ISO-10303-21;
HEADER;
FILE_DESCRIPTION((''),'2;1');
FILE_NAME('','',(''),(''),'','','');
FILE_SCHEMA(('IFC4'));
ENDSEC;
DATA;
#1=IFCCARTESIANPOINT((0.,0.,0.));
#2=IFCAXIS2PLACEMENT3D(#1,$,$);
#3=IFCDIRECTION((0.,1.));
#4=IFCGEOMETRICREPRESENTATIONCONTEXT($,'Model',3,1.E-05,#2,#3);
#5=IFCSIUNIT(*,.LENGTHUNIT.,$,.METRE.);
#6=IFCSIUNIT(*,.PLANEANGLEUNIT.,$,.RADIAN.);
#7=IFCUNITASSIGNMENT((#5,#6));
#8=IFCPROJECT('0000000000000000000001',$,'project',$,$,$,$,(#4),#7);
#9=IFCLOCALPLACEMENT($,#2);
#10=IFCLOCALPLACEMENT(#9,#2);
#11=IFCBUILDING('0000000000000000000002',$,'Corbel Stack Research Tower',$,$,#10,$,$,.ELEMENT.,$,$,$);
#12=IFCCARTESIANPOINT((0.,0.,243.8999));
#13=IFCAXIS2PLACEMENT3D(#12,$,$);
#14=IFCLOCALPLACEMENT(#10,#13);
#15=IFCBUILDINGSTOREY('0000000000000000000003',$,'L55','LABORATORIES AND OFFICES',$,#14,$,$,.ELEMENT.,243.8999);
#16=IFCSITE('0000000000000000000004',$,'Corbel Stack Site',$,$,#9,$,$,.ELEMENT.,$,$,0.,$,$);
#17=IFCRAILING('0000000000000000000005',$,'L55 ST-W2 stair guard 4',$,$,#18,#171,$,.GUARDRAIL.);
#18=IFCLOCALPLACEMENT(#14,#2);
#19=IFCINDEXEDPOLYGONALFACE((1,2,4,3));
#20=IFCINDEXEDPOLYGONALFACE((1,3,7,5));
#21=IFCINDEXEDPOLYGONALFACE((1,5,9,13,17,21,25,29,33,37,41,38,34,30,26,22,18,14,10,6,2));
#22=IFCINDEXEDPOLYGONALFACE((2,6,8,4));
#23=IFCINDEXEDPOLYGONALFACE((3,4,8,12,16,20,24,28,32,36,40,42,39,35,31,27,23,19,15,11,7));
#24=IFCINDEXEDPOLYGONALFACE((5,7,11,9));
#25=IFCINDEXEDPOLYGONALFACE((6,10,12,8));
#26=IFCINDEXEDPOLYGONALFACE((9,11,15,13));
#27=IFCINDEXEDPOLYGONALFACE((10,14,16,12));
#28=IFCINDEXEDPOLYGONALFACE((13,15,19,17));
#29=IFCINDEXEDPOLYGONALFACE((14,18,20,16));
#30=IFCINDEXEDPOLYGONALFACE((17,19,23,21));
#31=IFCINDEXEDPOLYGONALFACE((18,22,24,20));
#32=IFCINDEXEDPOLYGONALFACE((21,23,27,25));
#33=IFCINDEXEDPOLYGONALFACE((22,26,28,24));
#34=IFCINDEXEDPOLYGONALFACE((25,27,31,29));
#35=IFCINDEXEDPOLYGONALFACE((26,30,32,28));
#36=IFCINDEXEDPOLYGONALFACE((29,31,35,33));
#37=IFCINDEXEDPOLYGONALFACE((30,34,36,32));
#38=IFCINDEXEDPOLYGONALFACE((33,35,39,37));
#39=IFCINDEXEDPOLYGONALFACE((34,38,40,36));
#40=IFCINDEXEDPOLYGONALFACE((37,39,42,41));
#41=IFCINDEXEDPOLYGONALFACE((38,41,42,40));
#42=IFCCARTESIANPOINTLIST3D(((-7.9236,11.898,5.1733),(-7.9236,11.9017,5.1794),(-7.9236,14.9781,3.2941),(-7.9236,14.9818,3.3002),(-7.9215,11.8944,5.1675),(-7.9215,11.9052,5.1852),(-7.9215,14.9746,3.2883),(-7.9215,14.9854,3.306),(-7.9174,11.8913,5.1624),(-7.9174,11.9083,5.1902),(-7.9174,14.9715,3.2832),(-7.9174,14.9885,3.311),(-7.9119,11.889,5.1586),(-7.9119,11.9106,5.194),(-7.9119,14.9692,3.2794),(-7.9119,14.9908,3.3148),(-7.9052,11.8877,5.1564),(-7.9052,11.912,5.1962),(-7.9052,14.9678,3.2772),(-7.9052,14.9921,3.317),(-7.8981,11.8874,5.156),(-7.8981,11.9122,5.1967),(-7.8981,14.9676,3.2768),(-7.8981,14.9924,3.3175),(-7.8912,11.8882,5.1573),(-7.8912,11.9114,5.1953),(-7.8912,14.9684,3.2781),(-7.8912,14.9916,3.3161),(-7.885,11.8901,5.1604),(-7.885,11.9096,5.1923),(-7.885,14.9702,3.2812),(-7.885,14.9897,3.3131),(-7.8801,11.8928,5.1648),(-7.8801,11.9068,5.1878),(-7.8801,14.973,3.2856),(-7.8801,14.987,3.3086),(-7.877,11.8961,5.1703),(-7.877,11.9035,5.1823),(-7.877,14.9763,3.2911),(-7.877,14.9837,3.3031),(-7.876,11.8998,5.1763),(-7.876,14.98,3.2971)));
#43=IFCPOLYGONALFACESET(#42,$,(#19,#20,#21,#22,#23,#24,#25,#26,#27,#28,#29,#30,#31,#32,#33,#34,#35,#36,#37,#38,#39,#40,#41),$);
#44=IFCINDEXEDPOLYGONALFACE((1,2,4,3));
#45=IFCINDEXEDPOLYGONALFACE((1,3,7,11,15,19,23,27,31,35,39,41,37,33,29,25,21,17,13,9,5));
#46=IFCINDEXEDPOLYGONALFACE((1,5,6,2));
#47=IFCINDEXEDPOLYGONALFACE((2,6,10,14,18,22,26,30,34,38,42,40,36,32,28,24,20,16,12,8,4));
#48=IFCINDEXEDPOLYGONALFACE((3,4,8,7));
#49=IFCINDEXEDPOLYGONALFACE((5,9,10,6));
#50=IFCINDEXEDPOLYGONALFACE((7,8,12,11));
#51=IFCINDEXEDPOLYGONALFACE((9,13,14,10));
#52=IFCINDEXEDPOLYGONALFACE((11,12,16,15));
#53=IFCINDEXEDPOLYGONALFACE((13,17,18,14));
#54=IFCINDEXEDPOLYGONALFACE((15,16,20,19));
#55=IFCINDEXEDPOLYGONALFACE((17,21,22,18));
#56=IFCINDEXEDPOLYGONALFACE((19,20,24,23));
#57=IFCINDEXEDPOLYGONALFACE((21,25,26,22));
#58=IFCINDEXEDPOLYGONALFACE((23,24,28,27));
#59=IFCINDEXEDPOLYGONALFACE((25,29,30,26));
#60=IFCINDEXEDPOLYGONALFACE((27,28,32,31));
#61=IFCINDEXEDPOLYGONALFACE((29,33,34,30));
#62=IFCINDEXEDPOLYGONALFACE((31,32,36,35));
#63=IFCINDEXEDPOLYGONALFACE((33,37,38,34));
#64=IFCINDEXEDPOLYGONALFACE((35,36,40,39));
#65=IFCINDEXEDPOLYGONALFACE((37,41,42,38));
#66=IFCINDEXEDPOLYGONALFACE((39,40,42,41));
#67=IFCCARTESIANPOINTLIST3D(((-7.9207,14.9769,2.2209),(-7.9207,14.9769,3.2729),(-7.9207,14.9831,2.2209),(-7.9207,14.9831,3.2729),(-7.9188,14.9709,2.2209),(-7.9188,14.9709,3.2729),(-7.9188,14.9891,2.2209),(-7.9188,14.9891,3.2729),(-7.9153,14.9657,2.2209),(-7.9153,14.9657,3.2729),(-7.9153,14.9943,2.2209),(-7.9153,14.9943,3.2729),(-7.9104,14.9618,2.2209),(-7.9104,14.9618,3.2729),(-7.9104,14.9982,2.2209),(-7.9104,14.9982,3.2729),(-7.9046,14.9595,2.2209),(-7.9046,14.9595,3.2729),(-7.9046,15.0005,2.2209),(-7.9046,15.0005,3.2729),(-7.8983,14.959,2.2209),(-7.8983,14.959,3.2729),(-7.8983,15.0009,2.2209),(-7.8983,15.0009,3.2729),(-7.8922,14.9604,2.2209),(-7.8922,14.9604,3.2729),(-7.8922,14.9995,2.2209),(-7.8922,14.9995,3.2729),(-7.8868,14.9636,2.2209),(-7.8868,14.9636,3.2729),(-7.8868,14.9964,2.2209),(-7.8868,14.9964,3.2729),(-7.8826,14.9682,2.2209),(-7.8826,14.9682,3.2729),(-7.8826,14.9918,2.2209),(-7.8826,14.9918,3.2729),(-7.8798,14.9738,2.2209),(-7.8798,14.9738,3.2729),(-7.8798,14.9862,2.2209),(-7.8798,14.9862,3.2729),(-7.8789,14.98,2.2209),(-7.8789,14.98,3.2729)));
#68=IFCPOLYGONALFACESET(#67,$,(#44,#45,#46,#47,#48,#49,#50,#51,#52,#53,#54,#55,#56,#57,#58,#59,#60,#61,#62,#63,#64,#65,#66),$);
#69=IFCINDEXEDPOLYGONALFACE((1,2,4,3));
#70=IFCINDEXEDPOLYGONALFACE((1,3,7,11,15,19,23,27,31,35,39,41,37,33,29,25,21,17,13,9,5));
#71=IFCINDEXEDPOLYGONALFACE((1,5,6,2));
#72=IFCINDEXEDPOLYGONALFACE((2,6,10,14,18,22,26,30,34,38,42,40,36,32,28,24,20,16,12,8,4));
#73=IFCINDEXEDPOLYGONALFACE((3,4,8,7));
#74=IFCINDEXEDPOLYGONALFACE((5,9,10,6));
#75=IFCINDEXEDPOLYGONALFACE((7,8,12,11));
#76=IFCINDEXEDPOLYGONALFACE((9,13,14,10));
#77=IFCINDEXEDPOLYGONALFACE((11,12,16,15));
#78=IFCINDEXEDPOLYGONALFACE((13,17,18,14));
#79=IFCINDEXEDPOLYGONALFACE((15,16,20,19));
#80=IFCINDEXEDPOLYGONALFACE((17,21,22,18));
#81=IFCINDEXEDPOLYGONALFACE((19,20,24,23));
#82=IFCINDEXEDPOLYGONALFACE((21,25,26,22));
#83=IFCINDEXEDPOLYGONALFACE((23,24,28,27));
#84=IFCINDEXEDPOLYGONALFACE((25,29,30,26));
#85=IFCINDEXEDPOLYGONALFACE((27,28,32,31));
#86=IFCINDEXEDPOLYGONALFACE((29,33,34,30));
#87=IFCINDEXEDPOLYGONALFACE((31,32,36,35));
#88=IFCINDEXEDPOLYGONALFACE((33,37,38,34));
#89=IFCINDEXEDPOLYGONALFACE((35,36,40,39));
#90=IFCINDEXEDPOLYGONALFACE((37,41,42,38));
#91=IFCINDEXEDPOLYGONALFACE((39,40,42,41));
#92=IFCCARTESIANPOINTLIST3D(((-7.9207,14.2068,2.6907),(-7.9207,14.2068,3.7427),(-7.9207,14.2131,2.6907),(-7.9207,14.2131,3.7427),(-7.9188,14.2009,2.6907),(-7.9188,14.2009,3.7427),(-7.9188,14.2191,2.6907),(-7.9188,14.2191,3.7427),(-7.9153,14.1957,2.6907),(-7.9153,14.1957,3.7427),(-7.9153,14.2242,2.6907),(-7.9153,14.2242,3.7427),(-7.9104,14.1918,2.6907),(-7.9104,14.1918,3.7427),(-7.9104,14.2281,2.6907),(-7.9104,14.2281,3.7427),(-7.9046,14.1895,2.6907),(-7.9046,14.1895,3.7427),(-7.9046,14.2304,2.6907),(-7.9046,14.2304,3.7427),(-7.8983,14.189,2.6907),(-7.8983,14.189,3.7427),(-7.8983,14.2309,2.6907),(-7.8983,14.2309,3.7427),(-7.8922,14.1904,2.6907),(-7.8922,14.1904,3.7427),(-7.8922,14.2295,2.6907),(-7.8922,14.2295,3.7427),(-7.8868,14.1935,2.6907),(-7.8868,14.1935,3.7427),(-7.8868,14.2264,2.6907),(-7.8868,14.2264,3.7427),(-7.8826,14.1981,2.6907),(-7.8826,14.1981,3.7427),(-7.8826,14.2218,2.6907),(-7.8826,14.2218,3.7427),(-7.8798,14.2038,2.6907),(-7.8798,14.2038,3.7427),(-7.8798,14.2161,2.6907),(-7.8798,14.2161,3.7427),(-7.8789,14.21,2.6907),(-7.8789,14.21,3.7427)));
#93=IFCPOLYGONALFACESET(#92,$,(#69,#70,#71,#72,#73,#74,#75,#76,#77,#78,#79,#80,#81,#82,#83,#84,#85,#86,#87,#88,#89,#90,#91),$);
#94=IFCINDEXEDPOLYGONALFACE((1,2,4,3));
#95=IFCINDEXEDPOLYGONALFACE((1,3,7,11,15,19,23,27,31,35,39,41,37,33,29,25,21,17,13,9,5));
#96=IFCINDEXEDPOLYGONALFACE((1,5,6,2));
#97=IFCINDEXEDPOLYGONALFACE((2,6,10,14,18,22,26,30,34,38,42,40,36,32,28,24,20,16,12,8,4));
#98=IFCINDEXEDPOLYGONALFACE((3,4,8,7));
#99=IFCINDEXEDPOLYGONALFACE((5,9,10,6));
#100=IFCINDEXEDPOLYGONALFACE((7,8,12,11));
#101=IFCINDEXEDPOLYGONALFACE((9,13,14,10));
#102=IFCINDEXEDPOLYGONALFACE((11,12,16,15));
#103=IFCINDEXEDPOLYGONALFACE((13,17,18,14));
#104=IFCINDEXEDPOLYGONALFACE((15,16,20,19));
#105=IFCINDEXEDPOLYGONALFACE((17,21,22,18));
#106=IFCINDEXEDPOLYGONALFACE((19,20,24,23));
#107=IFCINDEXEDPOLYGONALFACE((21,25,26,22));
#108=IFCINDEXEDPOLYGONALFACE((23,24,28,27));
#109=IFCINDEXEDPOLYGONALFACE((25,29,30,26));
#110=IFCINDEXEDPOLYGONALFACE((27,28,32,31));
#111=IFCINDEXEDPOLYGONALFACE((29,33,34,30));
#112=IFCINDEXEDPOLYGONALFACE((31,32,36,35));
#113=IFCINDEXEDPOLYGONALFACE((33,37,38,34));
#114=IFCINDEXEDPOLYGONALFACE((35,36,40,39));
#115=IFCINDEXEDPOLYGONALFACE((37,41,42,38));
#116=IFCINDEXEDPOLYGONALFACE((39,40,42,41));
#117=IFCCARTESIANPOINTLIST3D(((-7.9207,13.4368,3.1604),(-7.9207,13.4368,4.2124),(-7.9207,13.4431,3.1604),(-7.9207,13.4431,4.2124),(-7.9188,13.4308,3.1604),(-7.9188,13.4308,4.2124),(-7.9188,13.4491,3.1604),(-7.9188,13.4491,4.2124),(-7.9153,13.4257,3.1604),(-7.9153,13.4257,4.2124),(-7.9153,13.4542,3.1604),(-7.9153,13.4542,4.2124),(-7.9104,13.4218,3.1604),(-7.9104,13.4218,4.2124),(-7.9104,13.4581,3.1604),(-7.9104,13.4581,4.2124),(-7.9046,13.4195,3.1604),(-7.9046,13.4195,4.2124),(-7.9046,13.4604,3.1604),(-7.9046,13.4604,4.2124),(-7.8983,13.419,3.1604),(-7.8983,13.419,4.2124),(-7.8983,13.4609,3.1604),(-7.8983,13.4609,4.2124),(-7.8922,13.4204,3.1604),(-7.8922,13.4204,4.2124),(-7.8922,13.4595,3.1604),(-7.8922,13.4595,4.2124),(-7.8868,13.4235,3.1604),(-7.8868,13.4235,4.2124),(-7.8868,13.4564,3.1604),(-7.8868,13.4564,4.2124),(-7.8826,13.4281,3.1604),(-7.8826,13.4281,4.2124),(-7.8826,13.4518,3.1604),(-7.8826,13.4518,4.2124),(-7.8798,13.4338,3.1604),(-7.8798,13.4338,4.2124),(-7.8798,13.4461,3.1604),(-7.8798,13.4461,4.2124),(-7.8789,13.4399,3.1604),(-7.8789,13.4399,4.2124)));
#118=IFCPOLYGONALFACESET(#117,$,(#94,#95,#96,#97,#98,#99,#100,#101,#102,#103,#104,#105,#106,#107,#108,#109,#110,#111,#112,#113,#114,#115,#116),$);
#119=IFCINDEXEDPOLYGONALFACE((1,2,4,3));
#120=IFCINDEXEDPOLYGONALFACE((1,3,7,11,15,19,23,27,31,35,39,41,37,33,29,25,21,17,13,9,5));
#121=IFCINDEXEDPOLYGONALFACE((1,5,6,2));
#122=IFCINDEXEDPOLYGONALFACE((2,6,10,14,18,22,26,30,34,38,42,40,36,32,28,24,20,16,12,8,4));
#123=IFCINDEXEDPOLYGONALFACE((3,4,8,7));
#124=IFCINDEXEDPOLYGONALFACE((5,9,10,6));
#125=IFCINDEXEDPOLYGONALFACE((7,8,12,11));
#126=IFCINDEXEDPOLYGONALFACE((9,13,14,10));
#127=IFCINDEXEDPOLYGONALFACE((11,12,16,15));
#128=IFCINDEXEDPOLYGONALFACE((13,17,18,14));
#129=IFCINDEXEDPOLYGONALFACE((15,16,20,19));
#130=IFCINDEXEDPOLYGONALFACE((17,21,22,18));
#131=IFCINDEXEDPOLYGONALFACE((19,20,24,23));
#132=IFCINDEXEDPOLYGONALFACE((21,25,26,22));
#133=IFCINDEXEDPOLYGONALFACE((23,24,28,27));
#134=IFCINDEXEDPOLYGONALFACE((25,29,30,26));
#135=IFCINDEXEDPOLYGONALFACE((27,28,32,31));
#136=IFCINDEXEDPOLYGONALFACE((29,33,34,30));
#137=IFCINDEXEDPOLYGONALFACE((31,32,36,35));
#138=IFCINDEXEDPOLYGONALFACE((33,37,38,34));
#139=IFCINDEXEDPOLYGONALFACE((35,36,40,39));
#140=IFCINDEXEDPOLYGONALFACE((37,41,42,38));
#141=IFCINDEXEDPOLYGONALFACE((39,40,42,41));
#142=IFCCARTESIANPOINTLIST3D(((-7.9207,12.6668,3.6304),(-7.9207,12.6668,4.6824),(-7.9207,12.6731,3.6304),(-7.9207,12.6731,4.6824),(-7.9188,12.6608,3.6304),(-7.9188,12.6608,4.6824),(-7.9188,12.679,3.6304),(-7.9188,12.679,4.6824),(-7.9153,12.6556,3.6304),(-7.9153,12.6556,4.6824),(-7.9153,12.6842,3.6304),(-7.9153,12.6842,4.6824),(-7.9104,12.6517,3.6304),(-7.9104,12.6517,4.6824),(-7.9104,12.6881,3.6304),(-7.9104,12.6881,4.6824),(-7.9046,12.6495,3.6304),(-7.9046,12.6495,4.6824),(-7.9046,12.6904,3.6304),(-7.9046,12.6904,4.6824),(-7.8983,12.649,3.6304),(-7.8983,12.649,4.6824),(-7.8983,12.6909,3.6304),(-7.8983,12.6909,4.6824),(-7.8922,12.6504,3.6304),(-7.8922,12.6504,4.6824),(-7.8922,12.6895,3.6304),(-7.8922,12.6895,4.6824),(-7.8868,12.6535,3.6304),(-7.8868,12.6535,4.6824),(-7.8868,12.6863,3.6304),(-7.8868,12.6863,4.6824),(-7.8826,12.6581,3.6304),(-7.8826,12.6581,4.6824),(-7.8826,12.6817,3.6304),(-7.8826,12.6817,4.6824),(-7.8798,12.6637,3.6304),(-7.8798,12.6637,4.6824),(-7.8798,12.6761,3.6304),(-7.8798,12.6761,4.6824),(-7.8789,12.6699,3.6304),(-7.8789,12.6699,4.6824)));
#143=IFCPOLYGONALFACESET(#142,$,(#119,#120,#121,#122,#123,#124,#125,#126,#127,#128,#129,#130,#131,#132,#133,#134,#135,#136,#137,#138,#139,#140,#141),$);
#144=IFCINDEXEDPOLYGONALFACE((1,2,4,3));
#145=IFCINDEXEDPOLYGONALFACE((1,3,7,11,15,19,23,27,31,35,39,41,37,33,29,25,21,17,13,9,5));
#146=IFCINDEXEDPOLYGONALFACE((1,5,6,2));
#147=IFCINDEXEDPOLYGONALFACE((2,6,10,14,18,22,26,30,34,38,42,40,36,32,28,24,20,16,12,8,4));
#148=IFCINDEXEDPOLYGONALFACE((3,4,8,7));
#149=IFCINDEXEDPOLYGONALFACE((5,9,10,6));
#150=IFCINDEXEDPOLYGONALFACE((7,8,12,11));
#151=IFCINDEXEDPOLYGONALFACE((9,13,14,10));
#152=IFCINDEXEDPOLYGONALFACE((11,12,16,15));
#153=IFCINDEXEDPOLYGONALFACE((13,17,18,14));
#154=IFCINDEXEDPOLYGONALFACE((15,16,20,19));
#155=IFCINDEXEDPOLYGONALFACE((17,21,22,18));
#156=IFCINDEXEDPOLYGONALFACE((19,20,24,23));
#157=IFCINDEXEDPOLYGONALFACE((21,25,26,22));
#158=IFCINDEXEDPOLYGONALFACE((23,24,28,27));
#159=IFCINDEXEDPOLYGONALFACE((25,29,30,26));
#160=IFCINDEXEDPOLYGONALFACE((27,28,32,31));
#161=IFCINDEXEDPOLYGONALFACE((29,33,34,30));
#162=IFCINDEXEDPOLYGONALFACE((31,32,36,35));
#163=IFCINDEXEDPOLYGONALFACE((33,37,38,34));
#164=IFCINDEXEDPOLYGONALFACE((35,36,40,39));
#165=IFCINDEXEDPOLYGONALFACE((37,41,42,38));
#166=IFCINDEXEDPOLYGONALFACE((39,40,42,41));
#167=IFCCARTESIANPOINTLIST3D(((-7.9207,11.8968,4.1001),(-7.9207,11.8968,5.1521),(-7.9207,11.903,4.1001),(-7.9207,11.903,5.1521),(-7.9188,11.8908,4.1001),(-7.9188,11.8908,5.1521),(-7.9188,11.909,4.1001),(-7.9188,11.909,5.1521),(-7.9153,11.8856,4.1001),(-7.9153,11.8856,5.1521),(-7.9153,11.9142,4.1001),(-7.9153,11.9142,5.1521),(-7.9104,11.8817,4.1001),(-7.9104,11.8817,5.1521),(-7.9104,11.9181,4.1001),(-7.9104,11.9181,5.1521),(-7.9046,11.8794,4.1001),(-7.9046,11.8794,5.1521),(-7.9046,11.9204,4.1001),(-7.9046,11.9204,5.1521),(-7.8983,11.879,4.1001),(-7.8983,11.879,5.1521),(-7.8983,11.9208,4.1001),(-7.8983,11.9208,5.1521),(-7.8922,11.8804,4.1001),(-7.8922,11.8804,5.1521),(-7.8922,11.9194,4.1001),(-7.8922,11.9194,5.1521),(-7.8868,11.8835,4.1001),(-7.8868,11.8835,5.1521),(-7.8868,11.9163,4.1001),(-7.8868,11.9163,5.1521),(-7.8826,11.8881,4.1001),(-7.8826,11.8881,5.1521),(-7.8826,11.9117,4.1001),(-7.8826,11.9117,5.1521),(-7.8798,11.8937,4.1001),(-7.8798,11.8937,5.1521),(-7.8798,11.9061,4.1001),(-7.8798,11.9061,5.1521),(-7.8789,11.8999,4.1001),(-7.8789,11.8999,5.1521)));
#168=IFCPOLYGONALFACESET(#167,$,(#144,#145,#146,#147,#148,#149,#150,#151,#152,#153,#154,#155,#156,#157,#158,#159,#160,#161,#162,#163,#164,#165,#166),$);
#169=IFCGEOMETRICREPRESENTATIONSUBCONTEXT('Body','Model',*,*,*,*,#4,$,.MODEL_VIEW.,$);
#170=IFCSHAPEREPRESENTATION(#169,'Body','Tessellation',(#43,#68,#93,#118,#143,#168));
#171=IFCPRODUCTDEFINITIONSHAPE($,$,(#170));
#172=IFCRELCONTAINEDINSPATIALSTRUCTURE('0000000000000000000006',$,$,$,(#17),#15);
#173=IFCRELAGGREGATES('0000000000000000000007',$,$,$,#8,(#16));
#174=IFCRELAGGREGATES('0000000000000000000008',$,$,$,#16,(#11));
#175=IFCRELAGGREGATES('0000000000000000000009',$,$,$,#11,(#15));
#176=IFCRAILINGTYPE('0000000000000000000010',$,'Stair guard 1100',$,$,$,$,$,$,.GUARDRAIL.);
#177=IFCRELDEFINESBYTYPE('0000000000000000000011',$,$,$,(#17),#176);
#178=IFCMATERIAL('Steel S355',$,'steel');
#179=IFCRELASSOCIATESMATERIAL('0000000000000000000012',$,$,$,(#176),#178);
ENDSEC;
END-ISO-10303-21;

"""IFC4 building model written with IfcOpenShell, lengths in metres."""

from ifc_helpers import new_model, si_unit, direction, frame, origin, origin_2d, place, context, subcontext, project, spatial, circle, extrude, material, type_object, element, save


model = new_model("IFC4")

# Units and contexts
model_context = context("Model", 3, precision=1e-05, world=origin(), true_north=direction((0.0, 1.0)))
body_context = subcontext(model_context, "Body", "Model", "MODEL_VIEW")
ifc_project = project(units=[si_unit("LENGTHUNIT", "METRE"), si_unit("PLANEANGLEUNIT", "RADIAN")], contexts=[model_context])

# Site, building, storey
site_placement = place(None, origin())
site = spatial("IfcSite", under=ifc_project, at=site_placement, Name="Corbel Stack Site", CompositionType="ELEMENT", RefElevation=0.0)
building_placement = place(site_placement, origin())
building = spatial("IfcBuilding", under=site, at=building_placement, Name="Corbel Stack Research Tower", CompositionType="ELEMENT")
storey_placement = place(building_placement, frame((0.0, 0.0, 243.8999)))
storey = spatial("IfcBuildingStorey", under=building, at=storey_placement, Name="L55", Description="LABORATORIES AND OFFICES", CompositionType="ELEMENT", Elevation=243.8999)

# Railing
ifc_material_1 = material(Name="Steel S355", Category="steel")
railing_type_1 = type_object("IfcRailingType", Name="Stair guard 1100", PredefinedType="GUARDRAIL", material=ifc_material_1)
railing_1_placement = place(storey_placement, frame((-7.8999, 14.98, 2.2209)))
element("IfcRailing", 1, at=railing_1_placement, inside=storey, type_object=railing_type_1, Name="L55 ST-W2 stair guard 4", PredefinedType="GUARDRAIL", context=body_context, shape_type="SweptSolid", body=[
    extrude(circle(Radius=0.0239, at=origin_2d()), frame((0.0, 0.0, 1.0762), z_axis=(0.0, -0.853666, 0.52082), x_axis=(1.0, 0.0, 0.0)), (0.0, 0.0, 1.0), 3.6082),
    extrude(circle(Radius=0.021, at=origin_2d()), origin(), (0.0, 0.0, 1.0), 1.052),
    extrude(circle(Radius=0.021, at=origin_2d()), frame((0.0, -0.77, 0.4697)), (0.0, 0.0, 1.0), 1.052),
    extrude(circle(Radius=0.021, at=origin_2d()), frame((0.0, -1.54, 0.9395)), (0.0, 0.0, 1.0), 1.052),
    extrude(circle(Radius=0.021, at=origin_2d()), frame((0.0, -2.3101, 1.4094)), (0.0, 0.0, 1.0), 1.052),
    extrude(circle(Radius=0.021, at=origin_2d()), frame((0.0, -3.0801, 1.8792)), (0.0, 0.0, 1.0), 1.052),
])

save(model, "model.ifc")
